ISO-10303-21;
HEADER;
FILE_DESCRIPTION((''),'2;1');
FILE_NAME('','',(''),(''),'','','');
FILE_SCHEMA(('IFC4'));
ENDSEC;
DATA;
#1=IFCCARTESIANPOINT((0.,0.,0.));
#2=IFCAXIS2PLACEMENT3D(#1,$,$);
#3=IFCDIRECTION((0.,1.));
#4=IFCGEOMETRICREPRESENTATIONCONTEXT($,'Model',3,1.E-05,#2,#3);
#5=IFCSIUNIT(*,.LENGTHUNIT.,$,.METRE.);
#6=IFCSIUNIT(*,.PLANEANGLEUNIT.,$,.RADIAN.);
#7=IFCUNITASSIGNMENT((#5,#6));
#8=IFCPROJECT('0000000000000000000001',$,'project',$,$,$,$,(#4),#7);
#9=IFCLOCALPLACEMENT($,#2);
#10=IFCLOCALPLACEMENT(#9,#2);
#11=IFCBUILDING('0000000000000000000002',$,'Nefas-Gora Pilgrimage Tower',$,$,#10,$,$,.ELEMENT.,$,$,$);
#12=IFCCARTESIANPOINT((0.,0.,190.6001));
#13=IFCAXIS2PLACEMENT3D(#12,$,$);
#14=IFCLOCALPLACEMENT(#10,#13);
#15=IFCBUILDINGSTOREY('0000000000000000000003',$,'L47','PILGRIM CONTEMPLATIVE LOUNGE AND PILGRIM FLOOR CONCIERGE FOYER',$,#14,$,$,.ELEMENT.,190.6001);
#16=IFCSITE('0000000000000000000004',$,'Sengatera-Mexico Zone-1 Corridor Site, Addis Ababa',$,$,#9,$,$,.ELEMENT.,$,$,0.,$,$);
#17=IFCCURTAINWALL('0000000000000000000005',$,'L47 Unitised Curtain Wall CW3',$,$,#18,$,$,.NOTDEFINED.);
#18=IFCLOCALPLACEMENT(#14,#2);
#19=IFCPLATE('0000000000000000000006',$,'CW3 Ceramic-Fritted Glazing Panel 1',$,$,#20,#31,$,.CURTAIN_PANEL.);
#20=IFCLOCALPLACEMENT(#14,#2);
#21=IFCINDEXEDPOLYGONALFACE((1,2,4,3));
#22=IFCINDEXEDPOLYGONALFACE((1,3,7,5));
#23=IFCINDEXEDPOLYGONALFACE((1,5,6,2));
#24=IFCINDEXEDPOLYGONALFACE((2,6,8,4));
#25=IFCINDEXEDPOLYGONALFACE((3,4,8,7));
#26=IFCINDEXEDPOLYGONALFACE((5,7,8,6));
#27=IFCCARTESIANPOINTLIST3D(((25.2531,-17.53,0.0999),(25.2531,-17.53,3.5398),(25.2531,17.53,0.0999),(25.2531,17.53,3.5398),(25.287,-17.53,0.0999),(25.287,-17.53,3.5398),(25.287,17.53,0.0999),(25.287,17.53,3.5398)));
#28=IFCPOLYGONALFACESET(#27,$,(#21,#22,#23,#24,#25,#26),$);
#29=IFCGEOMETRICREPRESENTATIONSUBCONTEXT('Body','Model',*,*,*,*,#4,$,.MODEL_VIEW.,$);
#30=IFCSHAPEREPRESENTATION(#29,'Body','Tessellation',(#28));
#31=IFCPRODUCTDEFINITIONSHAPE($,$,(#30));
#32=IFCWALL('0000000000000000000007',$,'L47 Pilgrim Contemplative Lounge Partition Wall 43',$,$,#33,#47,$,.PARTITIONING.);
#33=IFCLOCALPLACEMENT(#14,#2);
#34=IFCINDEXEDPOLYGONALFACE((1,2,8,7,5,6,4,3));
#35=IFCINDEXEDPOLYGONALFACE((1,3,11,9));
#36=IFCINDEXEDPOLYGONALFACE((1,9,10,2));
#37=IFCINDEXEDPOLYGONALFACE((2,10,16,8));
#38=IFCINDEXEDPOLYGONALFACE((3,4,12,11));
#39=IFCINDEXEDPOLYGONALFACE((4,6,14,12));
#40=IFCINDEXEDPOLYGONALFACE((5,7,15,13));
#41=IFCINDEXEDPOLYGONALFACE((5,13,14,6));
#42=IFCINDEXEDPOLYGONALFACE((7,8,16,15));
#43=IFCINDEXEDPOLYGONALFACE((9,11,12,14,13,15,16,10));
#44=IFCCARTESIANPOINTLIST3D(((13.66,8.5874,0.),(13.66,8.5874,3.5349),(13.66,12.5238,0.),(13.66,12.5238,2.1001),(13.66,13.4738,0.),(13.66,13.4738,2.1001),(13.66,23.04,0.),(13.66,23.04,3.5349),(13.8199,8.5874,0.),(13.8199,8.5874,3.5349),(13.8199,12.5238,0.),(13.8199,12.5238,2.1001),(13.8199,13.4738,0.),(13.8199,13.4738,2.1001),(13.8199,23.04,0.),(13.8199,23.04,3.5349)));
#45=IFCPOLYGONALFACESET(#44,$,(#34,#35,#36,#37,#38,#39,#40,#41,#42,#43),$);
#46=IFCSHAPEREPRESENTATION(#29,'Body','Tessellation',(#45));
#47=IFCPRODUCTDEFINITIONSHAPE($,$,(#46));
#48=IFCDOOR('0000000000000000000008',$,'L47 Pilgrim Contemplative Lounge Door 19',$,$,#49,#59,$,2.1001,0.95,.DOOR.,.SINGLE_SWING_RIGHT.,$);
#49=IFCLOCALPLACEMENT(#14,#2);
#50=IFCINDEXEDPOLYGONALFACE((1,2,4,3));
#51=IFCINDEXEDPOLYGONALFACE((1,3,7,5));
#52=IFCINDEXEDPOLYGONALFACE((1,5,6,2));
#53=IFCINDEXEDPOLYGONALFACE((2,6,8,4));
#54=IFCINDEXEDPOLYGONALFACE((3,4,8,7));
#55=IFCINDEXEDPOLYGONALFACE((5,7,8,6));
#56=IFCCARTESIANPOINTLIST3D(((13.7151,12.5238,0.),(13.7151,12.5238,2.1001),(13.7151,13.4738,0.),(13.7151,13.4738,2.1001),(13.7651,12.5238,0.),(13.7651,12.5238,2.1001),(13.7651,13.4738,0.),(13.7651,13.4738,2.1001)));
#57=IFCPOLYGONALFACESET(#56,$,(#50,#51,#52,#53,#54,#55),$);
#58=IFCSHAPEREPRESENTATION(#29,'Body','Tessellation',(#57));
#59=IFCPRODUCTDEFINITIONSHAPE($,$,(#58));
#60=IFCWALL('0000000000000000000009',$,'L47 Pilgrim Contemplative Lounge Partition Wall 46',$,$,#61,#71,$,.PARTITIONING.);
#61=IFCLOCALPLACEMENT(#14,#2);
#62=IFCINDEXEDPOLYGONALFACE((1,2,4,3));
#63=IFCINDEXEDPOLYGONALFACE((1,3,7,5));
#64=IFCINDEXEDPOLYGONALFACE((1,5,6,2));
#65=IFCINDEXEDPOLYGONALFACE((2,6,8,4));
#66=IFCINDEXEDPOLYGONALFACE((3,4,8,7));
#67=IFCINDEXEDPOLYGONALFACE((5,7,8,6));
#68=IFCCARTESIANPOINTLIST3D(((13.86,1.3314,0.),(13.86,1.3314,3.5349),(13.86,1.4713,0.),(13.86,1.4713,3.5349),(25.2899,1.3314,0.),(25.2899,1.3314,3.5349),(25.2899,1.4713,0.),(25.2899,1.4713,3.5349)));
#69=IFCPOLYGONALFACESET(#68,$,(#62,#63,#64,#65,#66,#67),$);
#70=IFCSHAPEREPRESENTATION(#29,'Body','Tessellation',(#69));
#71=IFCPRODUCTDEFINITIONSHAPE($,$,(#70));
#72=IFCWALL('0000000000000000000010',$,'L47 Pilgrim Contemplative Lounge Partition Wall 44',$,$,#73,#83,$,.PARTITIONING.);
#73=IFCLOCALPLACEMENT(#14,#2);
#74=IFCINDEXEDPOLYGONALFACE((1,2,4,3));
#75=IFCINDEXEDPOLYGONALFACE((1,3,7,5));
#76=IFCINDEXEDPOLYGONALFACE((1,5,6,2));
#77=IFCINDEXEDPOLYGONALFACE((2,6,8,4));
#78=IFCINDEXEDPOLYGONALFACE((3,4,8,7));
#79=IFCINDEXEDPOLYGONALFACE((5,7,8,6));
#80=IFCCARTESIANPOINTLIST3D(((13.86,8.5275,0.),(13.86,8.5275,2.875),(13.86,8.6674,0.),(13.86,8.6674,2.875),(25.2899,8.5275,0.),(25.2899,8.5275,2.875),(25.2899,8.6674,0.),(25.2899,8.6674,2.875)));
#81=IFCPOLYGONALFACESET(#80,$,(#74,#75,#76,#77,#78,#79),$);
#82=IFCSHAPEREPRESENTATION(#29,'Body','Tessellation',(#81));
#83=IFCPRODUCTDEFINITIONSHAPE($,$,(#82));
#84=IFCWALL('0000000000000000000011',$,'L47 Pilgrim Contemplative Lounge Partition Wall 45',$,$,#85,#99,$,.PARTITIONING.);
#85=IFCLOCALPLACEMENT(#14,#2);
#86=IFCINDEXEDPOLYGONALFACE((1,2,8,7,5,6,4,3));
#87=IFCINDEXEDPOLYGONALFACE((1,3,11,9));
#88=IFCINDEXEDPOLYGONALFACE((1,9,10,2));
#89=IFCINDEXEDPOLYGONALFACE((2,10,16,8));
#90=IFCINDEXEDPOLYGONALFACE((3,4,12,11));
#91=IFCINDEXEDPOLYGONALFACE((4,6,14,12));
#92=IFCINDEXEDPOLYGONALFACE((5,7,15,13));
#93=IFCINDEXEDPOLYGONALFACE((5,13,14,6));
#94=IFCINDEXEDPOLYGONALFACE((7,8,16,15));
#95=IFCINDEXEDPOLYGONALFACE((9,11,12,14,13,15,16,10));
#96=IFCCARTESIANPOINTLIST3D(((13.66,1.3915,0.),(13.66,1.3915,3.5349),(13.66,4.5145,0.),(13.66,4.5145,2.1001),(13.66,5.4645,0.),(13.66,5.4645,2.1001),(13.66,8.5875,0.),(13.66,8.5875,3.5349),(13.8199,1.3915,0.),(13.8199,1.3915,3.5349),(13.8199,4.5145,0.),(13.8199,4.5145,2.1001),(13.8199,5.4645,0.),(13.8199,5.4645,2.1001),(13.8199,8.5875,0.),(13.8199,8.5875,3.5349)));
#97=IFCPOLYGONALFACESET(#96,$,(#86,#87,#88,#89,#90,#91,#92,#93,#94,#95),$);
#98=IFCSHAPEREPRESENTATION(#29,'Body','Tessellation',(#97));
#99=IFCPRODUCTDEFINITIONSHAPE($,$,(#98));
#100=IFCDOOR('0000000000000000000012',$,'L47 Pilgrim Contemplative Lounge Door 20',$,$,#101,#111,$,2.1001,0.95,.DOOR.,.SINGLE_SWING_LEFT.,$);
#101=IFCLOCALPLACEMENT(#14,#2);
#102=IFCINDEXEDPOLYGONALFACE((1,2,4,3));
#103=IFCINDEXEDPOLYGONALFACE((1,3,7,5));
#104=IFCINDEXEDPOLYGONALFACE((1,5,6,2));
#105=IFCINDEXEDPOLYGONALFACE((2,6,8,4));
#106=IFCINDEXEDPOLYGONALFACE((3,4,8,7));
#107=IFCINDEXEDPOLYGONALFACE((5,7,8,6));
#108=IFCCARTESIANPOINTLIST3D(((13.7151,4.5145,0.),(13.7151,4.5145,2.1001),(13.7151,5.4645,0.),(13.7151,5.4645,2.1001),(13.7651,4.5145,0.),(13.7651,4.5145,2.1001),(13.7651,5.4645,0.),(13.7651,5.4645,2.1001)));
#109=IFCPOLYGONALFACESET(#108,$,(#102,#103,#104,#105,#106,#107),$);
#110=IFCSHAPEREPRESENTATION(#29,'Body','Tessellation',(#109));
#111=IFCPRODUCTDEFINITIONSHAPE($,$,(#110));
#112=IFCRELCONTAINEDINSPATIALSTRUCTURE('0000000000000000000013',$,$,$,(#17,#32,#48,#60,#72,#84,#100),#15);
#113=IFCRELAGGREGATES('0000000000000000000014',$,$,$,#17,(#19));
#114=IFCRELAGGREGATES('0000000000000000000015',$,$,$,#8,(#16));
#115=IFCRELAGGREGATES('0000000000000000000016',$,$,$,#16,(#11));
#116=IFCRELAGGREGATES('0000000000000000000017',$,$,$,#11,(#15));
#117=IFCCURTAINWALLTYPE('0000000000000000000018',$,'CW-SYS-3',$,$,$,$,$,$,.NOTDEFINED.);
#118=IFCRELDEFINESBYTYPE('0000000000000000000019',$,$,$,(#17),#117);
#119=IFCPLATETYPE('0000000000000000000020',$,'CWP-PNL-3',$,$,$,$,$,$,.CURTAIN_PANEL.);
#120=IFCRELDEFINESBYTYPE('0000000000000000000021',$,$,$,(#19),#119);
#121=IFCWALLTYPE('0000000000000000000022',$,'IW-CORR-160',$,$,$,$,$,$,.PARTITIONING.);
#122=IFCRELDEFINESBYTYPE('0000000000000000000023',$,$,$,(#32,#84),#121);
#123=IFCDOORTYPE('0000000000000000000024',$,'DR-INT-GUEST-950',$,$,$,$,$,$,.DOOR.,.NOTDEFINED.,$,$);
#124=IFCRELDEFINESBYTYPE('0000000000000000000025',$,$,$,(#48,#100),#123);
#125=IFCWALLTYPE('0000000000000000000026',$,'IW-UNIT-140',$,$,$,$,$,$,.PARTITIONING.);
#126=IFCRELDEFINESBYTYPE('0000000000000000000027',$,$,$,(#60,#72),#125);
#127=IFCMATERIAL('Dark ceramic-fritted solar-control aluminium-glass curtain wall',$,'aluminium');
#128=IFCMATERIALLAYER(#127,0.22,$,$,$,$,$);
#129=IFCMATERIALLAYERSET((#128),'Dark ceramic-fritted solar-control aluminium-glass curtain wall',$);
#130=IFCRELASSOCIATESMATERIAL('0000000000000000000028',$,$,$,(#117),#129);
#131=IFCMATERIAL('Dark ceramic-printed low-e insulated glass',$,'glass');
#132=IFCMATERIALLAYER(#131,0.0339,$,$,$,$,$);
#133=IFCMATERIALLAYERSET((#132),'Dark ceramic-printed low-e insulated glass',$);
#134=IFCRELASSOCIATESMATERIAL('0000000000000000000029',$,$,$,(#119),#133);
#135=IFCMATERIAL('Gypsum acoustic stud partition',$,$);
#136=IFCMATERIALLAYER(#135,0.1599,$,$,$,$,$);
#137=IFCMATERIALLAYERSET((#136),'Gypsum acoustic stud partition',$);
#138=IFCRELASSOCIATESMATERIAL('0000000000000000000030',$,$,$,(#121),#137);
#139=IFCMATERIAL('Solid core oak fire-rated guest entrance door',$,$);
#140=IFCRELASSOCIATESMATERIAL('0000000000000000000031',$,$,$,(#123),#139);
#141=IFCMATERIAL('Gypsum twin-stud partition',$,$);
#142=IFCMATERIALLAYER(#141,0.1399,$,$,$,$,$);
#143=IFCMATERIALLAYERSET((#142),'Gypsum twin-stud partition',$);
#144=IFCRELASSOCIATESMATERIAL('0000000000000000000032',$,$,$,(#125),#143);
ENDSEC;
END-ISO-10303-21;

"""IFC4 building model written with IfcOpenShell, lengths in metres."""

from ifc_helpers import new_model, si_unit, direction, frame, frame_2d, origin, origin_2d, place, context, subcontext, project, spatial, rectangle, extrude, source, transform, mapped, material, layer, layer_set, type_object, element, fill, aggregate, save


model = new_model("IFC4")

# Units and contexts
model_context = context("Model", 3, precision=1e-05, world=origin(), true_north=direction((0.0, 1.0)))
body_context = subcontext(model_context, "Body", "Model", "MODEL_VIEW")
ifc_project = project(units=[si_unit("LENGTHUNIT", "METRE"), si_unit("PLANEANGLEUNIT", "RADIAN")], contexts=[model_context])

# Site, building, storey
site_placement = place(None, origin())
site = spatial("IfcSite", under=ifc_project, at=site_placement, Name="Sengatera-Mexico Zone-1 Corridor Site, Addis Ababa", CompositionType="ELEMENT", RefElevation=0.0)
building_placement = place(site_placement, origin())
building = spatial("IfcBuilding", under=site, at=building_placement, Name="Nefas-Gora Pilgrimage Tower", CompositionType="ELEMENT")
storey_placement = place(building_placement, frame((0.0, 0.0, 190.6001)))
storey = spatial("IfcBuildingStorey", under=building, at=storey_placement, Name="L47", Description="PILGRIM CONTEMPLATIVE LOUNGE AND PILGRIM FLOOR CONCIERGE FOYER", CompositionType="ELEMENT", Elevation=190.6001)

# Curtain wall, plate
ifc_material_1 = material(Name="Dark ceramic-fritted solar-control aluminium-glass curtain wall", Category="aluminium")
ifc_layer_1 = layer(ifc_material_1, 0.22)
ifc_layer_set_1 = layer_set([ifc_layer_1], Name="Dark ceramic-fritted solar-control aluminium-glass curtain wall")
curtain_wall_type = type_object("IfcCurtainWallType", Name="CW-SYS-3", PredefinedType="NOTDEFINED", material=ifc_layer_set_1)
curtain_wall_placement = place(storey_placement, origin())
curtain_wall = element("IfcCurtainWall", 1, at=curtain_wall_placement, inside=storey, type_object=curtain_wall_type, Name="L47 Unitised Curtain Wall CW3", PredefinedType="NOTDEFINED")
ifc_material_2 = material(Name="Dark ceramic-printed low-e insulated glass", Category="glass")
ifc_layer_2 = layer(ifc_material_2, 0.0339)
ifc_layer_set_2 = layer_set([ifc_layer_2], Name="Dark ceramic-printed low-e insulated glass")
plate_type = type_object("IfcPlateType", Name="CWP-PNL-3", PredefinedType="CURTAIN_PANEL", material=ifc_layer_set_2)
shared_shape_1 = source(origin(), body_context, "Body", "SweptSolid", [
    extrude(rectangle(XDim=35.0601, YDim=0.0339, at=origin_2d()), origin(), (0.0, 0.0, 1.0), 3.4399),
])
plate_placement = place(storey_placement, frame((25.27, 0.0, 0.0999), z_axis=(0.0, 0.0, 1.0), x_axis=(0.0, 1.0, 0.0)))
plate = element("IfcPlate", 2, at=plate_placement, type_object=plate_type, Name="CW3 Ceramic-Fritted Glazing Panel 1", PredefinedType="CURTAIN_PANEL", context=body_context, shape_type="MappedRepresentation", body=[
    mapped(shared_shape_1, transform((0.0, 0.0, 0.0), x_axis=(1.0, 0.0, 0.0), y_axis=(0.0, 1.0, 0.0), z_axis=(0.0, 0.0, 1.0), scale=1.0)),
])
aggregate(curtain_wall, [plate])

# Wall, opening, door
ifc_material_3 = material(Name="Gypsum acoustic stud partition")
ifc_layer_3 = layer(ifc_material_3, 0.1599)
ifc_layer_set_3 = layer_set([ifc_layer_3], Name="Gypsum acoustic stud partition")
wall_type_1 = type_object("IfcWallType", Name="IW-CORR-160", PredefinedType="PARTITIONING", material=ifc_layer_set_3)
shared_shape_2 = source(origin(), body_context, "Body", "SweptSolid", [
    extrude(rectangle(XDim=14.4526, YDim=0.1599, at=frame_2d((7.2263, 0.0))), origin(), (0.0, 0.0, 1.0), 3.5349),
])
wall_1_placement = place(storey_placement, frame((13.74, 8.5874, 0.0), z_axis=(0.0, 0.0, 1.0), x_axis=(0.0, 1.0, 0.0)))
wall_1 = element("IfcWall", 3, at=wall_1_placement, inside=storey, type_object=wall_type_1, Name="L47 Pilgrim Contemplative Lounge Partition Wall 43", PredefinedType="PARTITIONING", context=body_context, shape_type="MappedRepresentation", body=[
    mapped(shared_shape_2, transform((0.0, 0.0, 0.0), x_axis=(1.0, 0.0, 0.0), y_axis=(0.0, 1.0, 0.0), z_axis=(0.0, 0.0, 1.0), scale=1.0)),
])
opening_1_placement = place(wall_1_placement, frame((3.9363, 0.0, 0.0)))
opening_1 = element("IfcOpeningElement", 4, at=opening_1_placement, cuts=wall_1, PredefinedType="OPENING", context=body_context, shape_type="SweptSolid", body=[
    extrude(rectangle(XDim=0.95, YDim=2.1001, at=frame_2d((0.4751, 1.05))), frame((0.0, 0.0898, 0.0), z_axis=(0.0, -1.0, 0.0), x_axis=(1.0, 0.0, 0.0)), (0.0, 0.0, 1.0), 0.1799),
])
ifc_material_4 = material(Name="Solid core oak fire-rated guest entrance door")
door_type = type_object("IfcDoorType", Name="DR-INT-GUEST-950", OperationType="NOTDEFINED", PredefinedType="DOOR", material=ifc_material_4)
shared_shape_3 = source(origin(), body_context, "Body", "SweptSolid", [
    extrude(rectangle(XDim=0.95, YDim=2.1001, at=frame_2d((0.4751, 1.05))), frame((0.0, 0.0249, 0.0), z_axis=(0.0, -1.0, 0.0), x_axis=(1.0, 0.0, 0.0)), (0.0, 0.0, 1.0), 0.05),
])
door_1_placement = place(opening_1_placement, origin())
door_1 = element("IfcDoor", 5, at=door_1_placement, inside=storey, type_object=door_type, Name="L47 Pilgrim Contemplative Lounge Door 19", OperationType="SINGLE_SWING_RIGHT", OverallHeight=2.1001, OverallWidth=0.95, PredefinedType="DOOR", context=body_context, shape_type="MappedRepresentation", body=[
    mapped(shared_shape_3, transform((0.0, 0.0, 0.0), x_axis=(1.0, 0.0, 0.0), y_axis=(0.0, 1.0, 0.0), z_axis=(0.0, 0.0, 1.0), scale=1.0)),
])
fill(opening_1, door_1)

# Walls
ifc_material_5 = material(Name="Gypsum twin-stud partition")
ifc_layer_4 = layer(ifc_material_5, 0.1399)
ifc_layer_set_4 = layer_set([ifc_layer_4], Name="Gypsum twin-stud partition")
wall_type_2 = type_object("IfcWallType", Name="IW-UNIT-140", PredefinedType="PARTITIONING", material=ifc_layer_set_4)
shared_shape_4 = source(origin(), body_context, "Body", "SweptSolid", [
    extrude(rectangle(XDim=11.4299, YDim=0.1399, at=frame_2d((5.7148, 0.0))), origin(), (0.0, 0.0, 1.0), 3.5349),
])
wall_2_placement = place(storey_placement, frame((13.8601, 1.4014, 0.0), z_axis=(0.0, 0.0, 1.0), x_axis=(1.0, 0.0, 0.0)))
element("IfcWall", 6, at=wall_2_placement, inside=storey, type_object=wall_type_2, Name="L47 Pilgrim Contemplative Lounge Partition Wall 46", PredefinedType="PARTITIONING", context=body_context, shape_type="MappedRepresentation", body=[
    mapped(shared_shape_4, transform((0.0, 0.0, 0.0), x_axis=(1.0, 0.0, 0.0), y_axis=(0.0, 1.0, 0.0), z_axis=(0.0, 0.0, 1.0), scale=1.0)),
])
shared_shape_5 = source(origin(), body_context, "Body", "SweptSolid", [
    extrude(rectangle(XDim=11.4299, YDim=0.1399, at=frame_2d((5.7148, 0.0))), origin(), (0.0, 0.0, 1.0), 2.875),
])
wall_3_placement = place(storey_placement, frame((13.8601, 8.5974, 0.0), z_axis=(0.0, 0.0, 1.0), x_axis=(1.0, 0.0, 0.0)))
element("IfcWall", 7, at=wall_3_placement, inside=storey, type_object=wall_type_2, Name="L47 Pilgrim Contemplative Lounge Partition Wall 44", PredefinedType="PARTITIONING", context=body_context, shape_type="MappedRepresentation", body=[
    mapped(shared_shape_5, transform((0.0, 0.0, 0.0), x_axis=(1.0, 0.0, 0.0), y_axis=(0.0, 1.0, 0.0), z_axis=(0.0, 0.0, 1.0), scale=1.0)),
])

# Wall, opening, door
shared_shape_6 = source(origin(), body_context, "Body", "SweptSolid", [
    extrude(rectangle(XDim=7.196, YDim=0.1599, at=frame_2d((3.5981, 0.0))), origin(), (0.0, 0.0, 1.0), 3.5349),
])
wall_4_placement = place(storey_placement, frame((13.74, 1.3914, 0.0), z_axis=(0.0, 0.0, 1.0), x_axis=(0.0, 1.0, 0.0)))
wall_4 = element("IfcWall", 8, at=wall_4_placement, inside=storey, type_object=wall_type_1, Name="L47 Pilgrim Contemplative Lounge Partition Wall 45", PredefinedType="PARTITIONING", context=body_context, shape_type="MappedRepresentation", body=[
    mapped(shared_shape_6, transform((0.0, 0.0, 0.0), x_axis=(1.0, 0.0, 0.0), y_axis=(0.0, 1.0, 0.0), z_axis=(0.0, 0.0, 1.0), scale=1.0)),
])
opening_2_placement = place(wall_4_placement, frame((3.123, 0.0, 0.0)))
opening_2 = element("IfcOpeningElement", 9, at=opening_2_placement, cuts=wall_4, PredefinedType="OPENING", context=body_context, shape_type="SweptSolid", body=[
    extrude(rectangle(XDim=0.95, YDim=2.1001, at=frame_2d((0.4751, 1.05))), frame((0.0, 0.0898, 0.0), z_axis=(0.0, -1.0, 0.0), x_axis=(1.0, 0.0, 0.0)), (0.0, 0.0, 1.0), 0.1799),
])
door_2_placement = place(opening_2_placement, origin())
door_2 = element("IfcDoor", 10, at=door_2_placement, inside=storey, type_object=door_type, Name="L47 Pilgrim Contemplative Lounge Door 20", OperationType="SINGLE_SWING_LEFT", OverallHeight=2.1001, OverallWidth=0.95, PredefinedType="DOOR", context=body_context, shape_type="MappedRepresentation", body=[
    mapped(shared_shape_3, transform((0.0, 0.0, 0.0), x_axis=(1.0, 0.0, 0.0), y_axis=(0.0, 1.0, 0.0), z_axis=(0.0, 0.0, 1.0), scale=1.0)),
])
fill(opening_2, door_2)

save(model, "model.ifc")
